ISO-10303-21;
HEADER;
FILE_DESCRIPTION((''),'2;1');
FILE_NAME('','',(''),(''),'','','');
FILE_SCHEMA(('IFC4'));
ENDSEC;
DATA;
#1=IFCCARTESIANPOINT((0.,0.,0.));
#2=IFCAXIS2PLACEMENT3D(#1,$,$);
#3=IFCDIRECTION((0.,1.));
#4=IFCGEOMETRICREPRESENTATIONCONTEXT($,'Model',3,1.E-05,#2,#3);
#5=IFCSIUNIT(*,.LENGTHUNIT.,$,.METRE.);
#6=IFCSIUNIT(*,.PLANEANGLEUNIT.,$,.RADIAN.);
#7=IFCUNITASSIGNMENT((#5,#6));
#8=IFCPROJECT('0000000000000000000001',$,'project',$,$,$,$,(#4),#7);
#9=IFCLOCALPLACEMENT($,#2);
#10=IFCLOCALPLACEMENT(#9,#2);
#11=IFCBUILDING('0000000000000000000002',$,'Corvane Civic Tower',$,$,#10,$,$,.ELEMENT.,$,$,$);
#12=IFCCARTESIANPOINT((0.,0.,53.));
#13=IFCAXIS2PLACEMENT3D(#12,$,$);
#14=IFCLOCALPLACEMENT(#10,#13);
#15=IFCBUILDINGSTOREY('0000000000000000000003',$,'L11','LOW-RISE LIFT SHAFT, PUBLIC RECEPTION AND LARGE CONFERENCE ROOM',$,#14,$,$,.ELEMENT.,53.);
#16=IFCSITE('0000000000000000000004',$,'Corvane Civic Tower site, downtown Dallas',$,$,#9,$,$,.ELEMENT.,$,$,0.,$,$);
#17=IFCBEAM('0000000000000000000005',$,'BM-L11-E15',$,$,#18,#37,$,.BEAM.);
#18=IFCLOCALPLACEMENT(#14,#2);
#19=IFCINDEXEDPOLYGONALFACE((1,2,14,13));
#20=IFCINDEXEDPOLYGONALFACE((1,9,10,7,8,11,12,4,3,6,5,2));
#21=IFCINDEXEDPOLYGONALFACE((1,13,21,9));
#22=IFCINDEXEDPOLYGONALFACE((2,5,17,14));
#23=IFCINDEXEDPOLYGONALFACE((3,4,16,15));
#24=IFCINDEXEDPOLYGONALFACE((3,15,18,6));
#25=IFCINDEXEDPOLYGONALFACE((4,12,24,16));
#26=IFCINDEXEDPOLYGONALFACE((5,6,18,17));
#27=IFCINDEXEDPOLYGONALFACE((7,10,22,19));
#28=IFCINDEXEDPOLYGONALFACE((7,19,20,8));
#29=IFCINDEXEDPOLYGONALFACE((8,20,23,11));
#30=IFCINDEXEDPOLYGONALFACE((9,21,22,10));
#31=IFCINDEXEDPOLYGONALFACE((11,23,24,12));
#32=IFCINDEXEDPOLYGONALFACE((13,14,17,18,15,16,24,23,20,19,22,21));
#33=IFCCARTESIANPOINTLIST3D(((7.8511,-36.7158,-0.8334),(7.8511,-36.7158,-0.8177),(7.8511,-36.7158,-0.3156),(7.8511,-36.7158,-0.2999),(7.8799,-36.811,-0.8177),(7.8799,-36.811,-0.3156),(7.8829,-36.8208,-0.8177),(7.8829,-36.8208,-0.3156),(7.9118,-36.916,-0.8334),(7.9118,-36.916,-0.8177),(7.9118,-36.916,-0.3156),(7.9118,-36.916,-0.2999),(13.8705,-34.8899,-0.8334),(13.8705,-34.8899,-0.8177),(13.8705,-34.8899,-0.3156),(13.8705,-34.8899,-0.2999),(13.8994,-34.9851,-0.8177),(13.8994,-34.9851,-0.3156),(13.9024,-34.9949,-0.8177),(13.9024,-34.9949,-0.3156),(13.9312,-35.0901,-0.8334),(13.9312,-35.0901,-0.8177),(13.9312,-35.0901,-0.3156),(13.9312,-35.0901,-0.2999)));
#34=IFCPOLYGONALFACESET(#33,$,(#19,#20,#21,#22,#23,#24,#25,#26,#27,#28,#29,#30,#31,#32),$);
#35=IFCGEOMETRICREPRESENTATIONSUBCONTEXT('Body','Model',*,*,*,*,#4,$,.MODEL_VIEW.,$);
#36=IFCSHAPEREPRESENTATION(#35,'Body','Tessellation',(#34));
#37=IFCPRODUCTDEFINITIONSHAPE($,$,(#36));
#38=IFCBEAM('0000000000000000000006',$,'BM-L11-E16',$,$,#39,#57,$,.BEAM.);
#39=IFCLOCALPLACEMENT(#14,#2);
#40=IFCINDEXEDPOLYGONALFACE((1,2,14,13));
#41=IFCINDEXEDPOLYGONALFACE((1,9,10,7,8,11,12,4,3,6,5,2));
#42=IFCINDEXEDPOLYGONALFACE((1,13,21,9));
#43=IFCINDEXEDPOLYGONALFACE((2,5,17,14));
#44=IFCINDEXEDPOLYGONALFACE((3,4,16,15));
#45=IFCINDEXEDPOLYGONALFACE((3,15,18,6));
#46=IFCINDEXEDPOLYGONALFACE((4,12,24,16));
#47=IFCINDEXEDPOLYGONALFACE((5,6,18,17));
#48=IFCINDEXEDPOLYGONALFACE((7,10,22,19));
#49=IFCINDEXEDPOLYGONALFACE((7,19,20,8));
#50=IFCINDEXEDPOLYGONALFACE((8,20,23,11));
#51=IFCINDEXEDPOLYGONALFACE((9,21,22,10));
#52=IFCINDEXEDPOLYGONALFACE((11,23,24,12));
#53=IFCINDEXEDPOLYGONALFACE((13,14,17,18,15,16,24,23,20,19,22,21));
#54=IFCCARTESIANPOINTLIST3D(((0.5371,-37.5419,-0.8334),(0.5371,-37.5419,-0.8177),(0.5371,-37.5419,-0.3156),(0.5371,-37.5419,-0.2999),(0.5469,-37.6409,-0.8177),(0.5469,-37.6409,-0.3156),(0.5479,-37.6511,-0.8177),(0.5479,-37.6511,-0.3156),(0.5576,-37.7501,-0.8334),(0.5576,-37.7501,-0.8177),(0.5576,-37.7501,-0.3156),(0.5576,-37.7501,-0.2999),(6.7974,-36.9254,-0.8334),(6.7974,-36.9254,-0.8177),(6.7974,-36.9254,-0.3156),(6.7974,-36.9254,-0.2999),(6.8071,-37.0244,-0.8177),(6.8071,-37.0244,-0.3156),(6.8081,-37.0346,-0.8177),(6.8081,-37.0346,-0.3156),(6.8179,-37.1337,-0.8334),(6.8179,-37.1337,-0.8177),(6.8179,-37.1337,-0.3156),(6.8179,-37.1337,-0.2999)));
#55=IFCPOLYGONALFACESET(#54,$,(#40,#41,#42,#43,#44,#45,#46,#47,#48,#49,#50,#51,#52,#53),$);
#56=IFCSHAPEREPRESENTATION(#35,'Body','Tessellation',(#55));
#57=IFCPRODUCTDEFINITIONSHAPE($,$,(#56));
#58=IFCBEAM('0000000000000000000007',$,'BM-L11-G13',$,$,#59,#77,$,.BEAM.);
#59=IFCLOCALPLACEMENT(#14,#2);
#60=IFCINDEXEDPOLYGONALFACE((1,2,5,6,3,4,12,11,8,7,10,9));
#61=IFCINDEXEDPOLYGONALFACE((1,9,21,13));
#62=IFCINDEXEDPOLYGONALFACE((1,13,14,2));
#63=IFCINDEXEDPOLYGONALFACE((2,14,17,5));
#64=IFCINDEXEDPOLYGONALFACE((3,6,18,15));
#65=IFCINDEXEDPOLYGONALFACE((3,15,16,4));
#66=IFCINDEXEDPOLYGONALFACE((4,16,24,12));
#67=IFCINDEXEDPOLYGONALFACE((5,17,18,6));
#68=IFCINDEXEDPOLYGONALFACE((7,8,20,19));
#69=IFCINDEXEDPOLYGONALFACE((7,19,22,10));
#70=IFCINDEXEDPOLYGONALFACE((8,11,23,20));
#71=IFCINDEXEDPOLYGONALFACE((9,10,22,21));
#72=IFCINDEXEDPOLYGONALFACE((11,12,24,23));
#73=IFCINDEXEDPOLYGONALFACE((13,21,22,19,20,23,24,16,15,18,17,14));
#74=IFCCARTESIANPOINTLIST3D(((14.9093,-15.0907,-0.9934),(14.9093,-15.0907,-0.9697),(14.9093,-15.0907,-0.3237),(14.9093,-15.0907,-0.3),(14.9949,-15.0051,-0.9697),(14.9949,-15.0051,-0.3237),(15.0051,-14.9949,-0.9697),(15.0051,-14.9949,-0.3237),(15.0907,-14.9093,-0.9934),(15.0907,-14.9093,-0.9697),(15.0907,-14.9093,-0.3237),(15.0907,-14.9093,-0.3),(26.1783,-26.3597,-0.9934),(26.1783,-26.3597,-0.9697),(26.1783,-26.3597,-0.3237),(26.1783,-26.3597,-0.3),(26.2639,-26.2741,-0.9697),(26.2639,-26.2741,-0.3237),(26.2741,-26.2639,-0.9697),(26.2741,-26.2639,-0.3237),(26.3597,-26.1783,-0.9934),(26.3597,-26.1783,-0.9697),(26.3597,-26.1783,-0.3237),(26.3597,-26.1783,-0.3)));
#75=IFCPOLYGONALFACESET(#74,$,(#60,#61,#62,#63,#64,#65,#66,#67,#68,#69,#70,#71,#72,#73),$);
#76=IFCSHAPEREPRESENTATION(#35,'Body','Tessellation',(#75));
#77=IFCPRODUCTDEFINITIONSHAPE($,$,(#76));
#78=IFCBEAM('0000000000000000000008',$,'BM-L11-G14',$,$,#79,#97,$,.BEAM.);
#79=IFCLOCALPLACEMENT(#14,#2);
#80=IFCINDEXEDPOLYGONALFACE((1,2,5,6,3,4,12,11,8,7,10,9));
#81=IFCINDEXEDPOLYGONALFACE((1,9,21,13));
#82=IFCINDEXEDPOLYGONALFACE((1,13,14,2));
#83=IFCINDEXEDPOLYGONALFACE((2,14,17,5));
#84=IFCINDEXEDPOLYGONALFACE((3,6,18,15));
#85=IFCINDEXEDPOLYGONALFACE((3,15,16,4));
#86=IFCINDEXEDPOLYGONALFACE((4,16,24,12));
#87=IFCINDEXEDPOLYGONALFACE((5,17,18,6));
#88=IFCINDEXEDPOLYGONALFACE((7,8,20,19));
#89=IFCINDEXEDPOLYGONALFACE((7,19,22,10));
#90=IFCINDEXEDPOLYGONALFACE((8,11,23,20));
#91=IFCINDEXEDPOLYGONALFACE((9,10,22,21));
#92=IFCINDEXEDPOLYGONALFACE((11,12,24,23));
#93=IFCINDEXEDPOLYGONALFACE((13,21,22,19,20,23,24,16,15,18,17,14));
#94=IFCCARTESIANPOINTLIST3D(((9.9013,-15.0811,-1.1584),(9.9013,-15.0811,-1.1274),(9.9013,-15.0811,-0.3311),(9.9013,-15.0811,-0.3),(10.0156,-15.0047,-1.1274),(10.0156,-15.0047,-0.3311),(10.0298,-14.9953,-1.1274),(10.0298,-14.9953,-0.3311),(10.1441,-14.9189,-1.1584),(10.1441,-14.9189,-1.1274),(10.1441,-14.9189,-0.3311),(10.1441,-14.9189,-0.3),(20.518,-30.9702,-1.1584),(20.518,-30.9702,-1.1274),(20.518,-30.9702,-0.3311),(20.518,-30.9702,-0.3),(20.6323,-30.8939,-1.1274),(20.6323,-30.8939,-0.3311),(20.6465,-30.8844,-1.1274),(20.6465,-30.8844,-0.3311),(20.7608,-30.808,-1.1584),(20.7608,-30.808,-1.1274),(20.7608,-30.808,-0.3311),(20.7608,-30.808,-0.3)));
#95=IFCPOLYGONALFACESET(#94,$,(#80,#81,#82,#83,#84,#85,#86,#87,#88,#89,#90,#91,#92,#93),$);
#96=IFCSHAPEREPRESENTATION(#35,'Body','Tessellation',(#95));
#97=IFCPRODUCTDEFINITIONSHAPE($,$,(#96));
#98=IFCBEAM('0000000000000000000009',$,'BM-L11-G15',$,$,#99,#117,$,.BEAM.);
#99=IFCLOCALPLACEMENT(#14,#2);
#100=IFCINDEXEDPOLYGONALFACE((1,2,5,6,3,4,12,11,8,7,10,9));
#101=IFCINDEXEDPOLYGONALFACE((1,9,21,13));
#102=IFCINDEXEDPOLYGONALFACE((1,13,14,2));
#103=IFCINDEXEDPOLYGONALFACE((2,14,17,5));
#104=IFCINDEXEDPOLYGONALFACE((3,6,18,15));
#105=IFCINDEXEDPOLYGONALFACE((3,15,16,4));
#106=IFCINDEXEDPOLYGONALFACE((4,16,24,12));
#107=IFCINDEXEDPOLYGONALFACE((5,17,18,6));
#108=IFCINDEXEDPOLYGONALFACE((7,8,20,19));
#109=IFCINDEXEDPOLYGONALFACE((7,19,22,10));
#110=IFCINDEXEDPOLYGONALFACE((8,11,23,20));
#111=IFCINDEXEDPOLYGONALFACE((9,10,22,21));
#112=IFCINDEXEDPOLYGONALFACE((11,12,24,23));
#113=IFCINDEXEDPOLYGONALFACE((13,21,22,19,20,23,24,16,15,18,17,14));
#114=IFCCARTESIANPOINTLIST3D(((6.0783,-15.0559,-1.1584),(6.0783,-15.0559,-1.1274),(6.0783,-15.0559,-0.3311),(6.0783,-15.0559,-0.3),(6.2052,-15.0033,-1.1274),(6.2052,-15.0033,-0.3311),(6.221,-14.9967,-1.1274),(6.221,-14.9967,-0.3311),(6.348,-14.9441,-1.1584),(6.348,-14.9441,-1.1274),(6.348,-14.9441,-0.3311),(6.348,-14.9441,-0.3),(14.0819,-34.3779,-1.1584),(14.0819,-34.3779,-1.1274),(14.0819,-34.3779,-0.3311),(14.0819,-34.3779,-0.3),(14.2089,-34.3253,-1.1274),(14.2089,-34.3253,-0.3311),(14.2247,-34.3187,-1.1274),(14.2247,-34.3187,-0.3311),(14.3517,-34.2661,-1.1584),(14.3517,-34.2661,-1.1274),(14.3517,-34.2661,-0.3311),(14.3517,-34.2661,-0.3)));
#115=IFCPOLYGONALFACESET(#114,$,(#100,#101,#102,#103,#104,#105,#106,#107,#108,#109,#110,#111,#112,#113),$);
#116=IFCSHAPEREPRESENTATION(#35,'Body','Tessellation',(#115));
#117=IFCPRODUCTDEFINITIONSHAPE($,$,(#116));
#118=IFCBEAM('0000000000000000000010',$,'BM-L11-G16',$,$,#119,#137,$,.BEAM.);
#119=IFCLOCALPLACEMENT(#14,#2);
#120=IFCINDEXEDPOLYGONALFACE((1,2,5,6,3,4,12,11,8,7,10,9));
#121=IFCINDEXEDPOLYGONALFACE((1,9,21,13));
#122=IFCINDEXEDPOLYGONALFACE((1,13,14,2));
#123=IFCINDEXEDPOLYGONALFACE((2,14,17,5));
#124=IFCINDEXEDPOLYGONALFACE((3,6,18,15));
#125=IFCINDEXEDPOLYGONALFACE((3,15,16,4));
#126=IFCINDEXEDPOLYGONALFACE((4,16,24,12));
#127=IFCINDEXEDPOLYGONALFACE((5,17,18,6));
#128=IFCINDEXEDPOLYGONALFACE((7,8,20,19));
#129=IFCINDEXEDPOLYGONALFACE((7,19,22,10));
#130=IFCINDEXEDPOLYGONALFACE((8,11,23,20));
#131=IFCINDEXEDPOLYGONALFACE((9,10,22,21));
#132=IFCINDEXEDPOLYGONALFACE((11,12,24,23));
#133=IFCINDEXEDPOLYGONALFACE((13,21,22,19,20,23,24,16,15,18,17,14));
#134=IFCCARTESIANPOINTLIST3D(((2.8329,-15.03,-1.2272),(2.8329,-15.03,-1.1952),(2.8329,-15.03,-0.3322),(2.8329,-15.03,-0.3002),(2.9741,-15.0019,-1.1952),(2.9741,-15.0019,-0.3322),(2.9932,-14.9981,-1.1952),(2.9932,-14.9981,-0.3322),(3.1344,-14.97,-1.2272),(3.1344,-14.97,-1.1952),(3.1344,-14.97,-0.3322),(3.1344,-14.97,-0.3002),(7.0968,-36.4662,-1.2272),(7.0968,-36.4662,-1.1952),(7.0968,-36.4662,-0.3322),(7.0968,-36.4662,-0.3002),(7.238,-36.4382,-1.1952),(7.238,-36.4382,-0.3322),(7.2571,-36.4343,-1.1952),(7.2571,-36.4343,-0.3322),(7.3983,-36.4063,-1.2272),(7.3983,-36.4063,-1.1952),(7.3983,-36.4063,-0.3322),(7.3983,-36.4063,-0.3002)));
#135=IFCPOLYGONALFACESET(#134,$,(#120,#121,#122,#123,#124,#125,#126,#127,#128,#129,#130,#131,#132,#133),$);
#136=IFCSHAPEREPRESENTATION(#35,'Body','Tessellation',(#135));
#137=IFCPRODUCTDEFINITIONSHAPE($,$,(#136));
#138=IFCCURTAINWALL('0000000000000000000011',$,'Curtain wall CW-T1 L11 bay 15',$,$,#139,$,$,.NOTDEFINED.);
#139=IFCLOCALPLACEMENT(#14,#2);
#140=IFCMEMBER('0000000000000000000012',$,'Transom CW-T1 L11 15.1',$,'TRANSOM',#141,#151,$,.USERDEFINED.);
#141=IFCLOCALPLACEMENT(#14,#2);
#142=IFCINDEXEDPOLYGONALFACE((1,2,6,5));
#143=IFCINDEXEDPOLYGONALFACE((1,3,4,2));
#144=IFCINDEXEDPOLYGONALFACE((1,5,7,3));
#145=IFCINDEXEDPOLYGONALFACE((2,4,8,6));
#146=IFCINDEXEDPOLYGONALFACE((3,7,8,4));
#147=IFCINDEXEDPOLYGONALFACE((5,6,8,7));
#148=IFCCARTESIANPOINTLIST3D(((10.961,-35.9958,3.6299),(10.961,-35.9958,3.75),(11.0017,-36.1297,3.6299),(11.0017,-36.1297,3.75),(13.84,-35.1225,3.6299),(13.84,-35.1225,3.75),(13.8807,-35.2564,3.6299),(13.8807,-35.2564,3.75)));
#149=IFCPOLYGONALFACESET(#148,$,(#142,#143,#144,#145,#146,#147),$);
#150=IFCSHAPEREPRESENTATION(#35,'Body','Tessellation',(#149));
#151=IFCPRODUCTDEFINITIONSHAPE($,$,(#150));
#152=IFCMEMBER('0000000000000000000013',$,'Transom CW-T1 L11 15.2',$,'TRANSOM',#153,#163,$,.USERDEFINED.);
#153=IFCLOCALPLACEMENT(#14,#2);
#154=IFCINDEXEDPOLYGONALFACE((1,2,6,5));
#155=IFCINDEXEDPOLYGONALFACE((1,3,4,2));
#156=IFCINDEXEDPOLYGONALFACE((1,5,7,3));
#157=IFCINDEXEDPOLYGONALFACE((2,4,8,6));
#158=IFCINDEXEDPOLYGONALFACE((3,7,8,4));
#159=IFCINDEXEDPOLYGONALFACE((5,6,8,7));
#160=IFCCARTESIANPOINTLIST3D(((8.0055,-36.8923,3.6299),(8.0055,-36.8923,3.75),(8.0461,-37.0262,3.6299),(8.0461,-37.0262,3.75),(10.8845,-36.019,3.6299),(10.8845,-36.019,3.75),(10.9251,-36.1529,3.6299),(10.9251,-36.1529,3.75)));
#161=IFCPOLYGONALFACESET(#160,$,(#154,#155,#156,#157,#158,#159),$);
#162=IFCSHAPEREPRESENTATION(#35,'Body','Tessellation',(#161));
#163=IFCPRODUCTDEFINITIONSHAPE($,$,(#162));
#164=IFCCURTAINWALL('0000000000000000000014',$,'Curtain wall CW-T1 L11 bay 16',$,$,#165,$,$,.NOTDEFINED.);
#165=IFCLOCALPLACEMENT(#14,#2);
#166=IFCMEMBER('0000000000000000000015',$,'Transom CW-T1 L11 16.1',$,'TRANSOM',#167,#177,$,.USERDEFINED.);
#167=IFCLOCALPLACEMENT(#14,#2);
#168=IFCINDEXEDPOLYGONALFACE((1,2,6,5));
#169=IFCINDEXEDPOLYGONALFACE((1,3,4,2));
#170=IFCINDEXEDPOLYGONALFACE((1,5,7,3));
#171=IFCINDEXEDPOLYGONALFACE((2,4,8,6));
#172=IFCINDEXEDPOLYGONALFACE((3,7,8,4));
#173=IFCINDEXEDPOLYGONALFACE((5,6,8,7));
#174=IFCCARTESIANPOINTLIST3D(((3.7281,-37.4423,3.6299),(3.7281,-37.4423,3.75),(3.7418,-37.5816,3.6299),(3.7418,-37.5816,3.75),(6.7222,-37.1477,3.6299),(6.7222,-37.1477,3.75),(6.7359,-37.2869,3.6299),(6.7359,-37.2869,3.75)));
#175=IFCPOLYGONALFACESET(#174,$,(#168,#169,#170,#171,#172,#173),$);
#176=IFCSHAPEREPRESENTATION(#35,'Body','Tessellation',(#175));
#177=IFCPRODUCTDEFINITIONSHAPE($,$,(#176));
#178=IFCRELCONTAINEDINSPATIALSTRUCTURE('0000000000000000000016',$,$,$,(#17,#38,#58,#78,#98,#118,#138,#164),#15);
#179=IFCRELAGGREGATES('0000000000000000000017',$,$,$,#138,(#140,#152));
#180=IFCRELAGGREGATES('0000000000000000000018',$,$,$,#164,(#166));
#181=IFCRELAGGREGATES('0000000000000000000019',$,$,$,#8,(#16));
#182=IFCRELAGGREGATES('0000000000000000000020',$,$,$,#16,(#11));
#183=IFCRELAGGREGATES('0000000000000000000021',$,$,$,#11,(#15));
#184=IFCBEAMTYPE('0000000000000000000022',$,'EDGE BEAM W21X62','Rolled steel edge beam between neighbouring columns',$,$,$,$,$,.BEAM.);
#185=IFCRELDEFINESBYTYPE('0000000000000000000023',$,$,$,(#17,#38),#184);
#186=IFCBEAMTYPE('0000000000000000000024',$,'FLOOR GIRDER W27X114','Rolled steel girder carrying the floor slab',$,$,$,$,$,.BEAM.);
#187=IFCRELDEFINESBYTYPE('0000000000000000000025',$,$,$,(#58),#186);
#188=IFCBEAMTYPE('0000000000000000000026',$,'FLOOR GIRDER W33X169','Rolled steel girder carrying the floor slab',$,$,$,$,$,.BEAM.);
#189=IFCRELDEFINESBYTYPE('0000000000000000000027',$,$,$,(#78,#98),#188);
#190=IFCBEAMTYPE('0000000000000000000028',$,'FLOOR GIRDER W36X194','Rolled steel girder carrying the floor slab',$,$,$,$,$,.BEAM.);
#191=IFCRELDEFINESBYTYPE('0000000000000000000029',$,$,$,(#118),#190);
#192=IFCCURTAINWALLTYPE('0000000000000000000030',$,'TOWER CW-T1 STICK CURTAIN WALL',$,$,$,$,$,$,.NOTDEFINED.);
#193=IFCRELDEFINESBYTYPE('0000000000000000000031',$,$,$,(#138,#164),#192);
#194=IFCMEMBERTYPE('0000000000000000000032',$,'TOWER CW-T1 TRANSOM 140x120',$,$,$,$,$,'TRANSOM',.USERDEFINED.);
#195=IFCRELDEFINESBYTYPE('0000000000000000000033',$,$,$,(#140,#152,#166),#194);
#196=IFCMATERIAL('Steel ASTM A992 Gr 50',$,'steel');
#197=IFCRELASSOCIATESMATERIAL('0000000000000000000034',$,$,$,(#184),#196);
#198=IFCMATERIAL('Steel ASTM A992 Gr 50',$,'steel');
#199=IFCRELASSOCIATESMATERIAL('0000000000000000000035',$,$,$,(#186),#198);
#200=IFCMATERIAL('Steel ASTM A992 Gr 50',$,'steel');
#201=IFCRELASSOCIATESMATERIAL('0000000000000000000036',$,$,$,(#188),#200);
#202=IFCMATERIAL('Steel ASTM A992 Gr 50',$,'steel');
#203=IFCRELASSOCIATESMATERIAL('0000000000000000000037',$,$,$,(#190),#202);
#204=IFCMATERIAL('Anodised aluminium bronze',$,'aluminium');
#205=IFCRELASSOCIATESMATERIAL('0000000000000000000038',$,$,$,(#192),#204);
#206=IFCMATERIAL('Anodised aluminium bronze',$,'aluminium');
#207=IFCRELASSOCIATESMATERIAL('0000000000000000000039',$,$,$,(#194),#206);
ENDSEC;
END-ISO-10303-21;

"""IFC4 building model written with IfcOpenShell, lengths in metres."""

from ifc_helpers import new_model, si_unit, direction, frame, origin, origin_2d, place, context, subcontext, project, spatial, rectangle, i_section, extrude, material, material_profile, profile_set, type_object, element, aggregate, save


model = new_model("IFC4")

# Units and contexts
model_context = context("Model", 3, precision=1e-05, world=origin(), true_north=direction((0.0, 1.0)))
body_context = subcontext(model_context, "Body", "Model", "MODEL_VIEW")
ifc_project = project(units=[si_unit("LENGTHUNIT", "METRE"), si_unit("PLANEANGLEUNIT", "RADIAN")], contexts=[model_context])

# Site, building, storey
site_placement = place(None, origin())
site = spatial("IfcSite", under=ifc_project, at=site_placement, Name="Corvane Civic Tower site, downtown Dallas", CompositionType="ELEMENT", RefElevation=0.0)
building_placement = place(site_placement, origin())
building = spatial("IfcBuilding", under=site, at=building_placement, Name="Corvane Civic Tower", CompositionType="ELEMENT")
storey_placement = place(building_placement, frame((0.0, 0.0, 53.0)))
storey = spatial("IfcBuildingStorey", under=building, at=storey_placement, Name="L11", Description="LOW-RISE LIFT SHAFT, PUBLIC RECEPTION AND LARGE CONFERENCE ROOM", CompositionType="ELEMENT", Elevation=53.0)

# Beams
ifc_material_1 = material(Name="Steel ASTM A992 Gr 50", Category="steel")
ifc_material_profile_1 = material_profile(ifc_material_1, i_section(OverallWidth=0.2092, OverallDepth=0.5334, WebThickness=0.0103, FlangeThickness=0.0156, at=origin_2d()), Name="W21X62")
ifc_profile_set_1 = profile_set([ifc_material_profile_1], Name="Steel ASTM A992 Gr 50")
beam_type_1 = type_object("IfcBeamType", Name="EDGE BEAM W21X62", Description="Rolled steel edge beam between neighbouring columns", PredefinedType="BEAM", material=ifc_profile_set_1)
beam_1_placement = place(storey_placement, frame((13.9009, -34.99, -0.5667), z_axis=(-0.956944, -0.290273, 0.0), x_axis=(0.290273, -0.956944, 0.0)))
element("IfcBeam", 1, at=beam_1_placement, inside=storey, type_object=beam_type_1, Name="BM-L11-E15", PredefinedType="BEAM", context=body_context, shape_type="SweptSolid", body=[
    extrude(i_section(OverallWidth=0.2092, OverallDepth=0.5334, WebThickness=0.0103, FlangeThickness=0.0156, at=origin_2d()), origin(), (0.0, 0.0, 1.0), 6.2903),
])
beam_2_placement = place(storey_placement, frame((6.8076, -37.0295, -0.5667), z_axis=(-0.995187, -0.097997, 0.0), x_axis=(0.097997, -0.995187, 0.0)))
element("IfcBeam", 2, at=beam_2_placement, inside=storey, type_object=beam_type_1, Name="BM-L11-E16", PredefinedType="BEAM", context=body_context, shape_type="SweptSolid", body=[
    extrude(i_section(OverallWidth=0.2092, OverallDepth=0.5334, WebThickness=0.0103, FlangeThickness=0.0156, at=origin_2d()), origin(), (0.0, 0.0, 1.0), 6.2905),
])
ifc_material_2 = material(Name="Steel ASTM A992 Gr 50", Category="steel")
ifc_material_profile_2 = material_profile(ifc_material_2, i_section(OverallWidth=0.2566, OverallDepth=0.6934, WebThickness=0.0144, FlangeThickness=0.0237, at=origin_2d()), Name="W27X114")
ifc_profile_set_2 = profile_set([ifc_material_profile_2], Name="Steel ASTM A992 Gr 50")
beam_type_2 = type_object("IfcBeamType", Name="FLOOR GIRDER W27X114", Description="Rolled steel girder carrying the floor slab", PredefinedType="BEAM", material=ifc_profile_set_2)
beam_3_placement = place(storey_placement, frame((15.0, -15.0, -0.6467), z_axis=(0.707107, -0.707107, 0.0), x_axis=(0.707107, 0.707107, 0.0)))
element("IfcBeam", 3, at=beam_3_placement, inside=storey, type_object=beam_type_2, Name="BM-L11-G13", PredefinedType="BEAM", context=body_context, shape_type="SweptSolid", body=[
    extrude(i_section(OverallWidth=0.2566, OverallDepth=0.6934, WebThickness=0.0144, FlangeThickness=0.0237, at=origin_2d()), origin(), (0.0, 0.0, 1.0), 15.9368),
])
ifc_material_3 = material(Name="Steel ASTM A992 Gr 50", Category="steel")
ifc_material_profile_3 = material_profile(ifc_material_3, i_section(OverallWidth=0.292, OverallDepth=0.8584, WebThickness=0.0171, FlangeThickness=0.031, at=origin_2d()), Name="W33X169")
ifc_profile_set_3 = profile_set([ifc_material_profile_3], Name="Steel ASTM A992 Gr 50")
beam_type_3 = type_object("IfcBeamType", Name="FLOOR GIRDER W33X169", Description="Rolled steel girder carrying the floor slab", PredefinedType="BEAM", material=ifc_profile_set_3)
beam_4_placement = place(storey_placement, frame((10.0227, -15.0, -0.7292), z_axis=(0.555567, -0.831472, 0.0), x_axis=(0.831472, 0.555567, 0.0)))
element("IfcBeam", 4, at=beam_4_placement, inside=storey, type_object=beam_type_3, Name="BM-L11-G14", PredefinedType="BEAM", context=body_context, shape_type="SweptSolid", body=[
    extrude(i_section(OverallWidth=0.292, OverallDepth=0.8584, WebThickness=0.0171, FlangeThickness=0.031, at=origin_2d()), origin(), (0.0, 0.0, 1.0), 19.1096),
])
beam_5_placement = place(storey_placement, frame((6.2131, -15.0, -0.7292), z_axis=(0.382692, -0.923876, 0.0), x_axis=(0.923876, 0.382692, 0.0)))
element("IfcBeam", 5, at=beam_5_placement, inside=storey, type_object=beam_type_3, Name="BM-L11-G15", PredefinedType="BEAM", context=body_context, shape_type="SweptSolid", body=[
    extrude(i_section(OverallWidth=0.292, OverallDepth=0.8584, WebThickness=0.0171, FlangeThickness=0.031, at=origin_2d()), origin(), (0.0, 0.0, 1.0), 20.9141),
])
ifc_material_4 = material(Name="Steel ASTM A992 Gr 50", Category="steel")
ifc_material_profile_4 = material_profile(ifc_material_4, i_section(OverallWidth=0.3074, OverallDepth=0.927, WebThickness=0.0195, FlangeThickness=0.032, at=origin_2d()), Name="W36X194")
ifc_profile_set_4 = profile_set([ifc_material_profile_4], Name="Steel ASTM A992 Gr 50")
beam_type_4 = type_object("IfcBeamType", Name="FLOOR GIRDER W36X194", Description="Rolled steel girder carrying the floor slab", PredefinedType="BEAM", material=ifc_profile_set_4)
beam_6_placement = place(storey_placement, frame((2.9836, -15.0, -0.7637), z_axis=(0.195089, -0.980785, 0.0), x_axis=(0.980785, 0.195089, 0.0)))
element("IfcBeam", 6, at=beam_6_placement, inside=storey, type_object=beam_type_4, Name="BM-L11-G16", PredefinedType="BEAM", context=body_context, shape_type="SweptSolid", body=[
    extrude(i_section(OverallWidth=0.3074, OverallDepth=0.927, WebThickness=0.0195, FlangeThickness=0.032, at=origin_2d()), origin(), (0.0, 0.0, 1.0), 21.8562),
])

# Curtain walls, members
ifc_material_5 = material(Name="Anodised aluminium bronze", Category="aluminium")
curtain_wall_type = type_object("IfcCurtainWallType", Name="TOWER CW-T1 STICK CURTAIN WALL", PredefinedType="NOTDEFINED", material=ifc_material_5)
curtain_wall_1_placement = place(storey_placement, origin())
curtain_wall_1 = element("IfcCurtainWall", 7, at=curtain_wall_1_placement, inside=storey, type_object=curtain_wall_type, Name="Curtain wall CW-T1 L11 bay 15", PredefinedType="NOTDEFINED")
ifc_material_6 = material(Name="Anodised aluminium bronze", Category="aluminium")
ifc_material_profile_5 = material_profile(ifc_material_6, rectangle(XDim=0.1399, YDim=0.1201, at=origin_2d()), Name="TOWER CW-T1 TRANSOM 140x120")
ifc_profile_set_5 = profile_set([ifc_material_profile_5], Name="Anodised aluminium bronze")
member_type_1 = type_object("IfcMemberType", Name="TOWER CW-T1 TRANSOM 140x120", ElementType="TRANSOM", PredefinedType="USERDEFINED", material=ifc_profile_set_5)
member_1_placement = place(storey_placement, frame((13.8604, -35.1895, 3.6899), z_axis=(-0.956942, -0.29028, 0.0), x_axis=(0.29028, -0.956942, 0.0)))
member_1 = element("IfcMember", 8, at=member_1_placement, type_object=member_type_1, Name="Transom CW-T1 L11 15.1", ObjectType="TRANSOM", PredefinedType="USERDEFINED", context=body_context, shape_type="SweptSolid", body=[
    extrude(rectangle(XDim=0.1399, YDim=0.1201, at=origin_2d()), origin(), (0.0, 0.0, 1.0), 3.0085),
])
member_2_placement = place(storey_placement, frame((10.9048, -36.0859, 3.6899), z_axis=(-0.956942, -0.29028, 0.0), x_axis=(0.29028, -0.956942, 0.0)))
member_2 = element("IfcMember", 9, at=member_2_placement, type_object=member_type_1, Name="Transom CW-T1 L11 15.2", ObjectType="TRANSOM", PredefinedType="USERDEFINED", context=body_context, shape_type="SweptSolid", body=[
    extrude(rectangle(XDim=0.1399, YDim=0.1201, at=origin_2d()), origin(), (0.0, 0.0, 1.0), 3.0085),
])
curtain_wall_2_placement = place(storey_placement, origin())
curtain_wall_2 = element("IfcCurtainWall", 10, at=curtain_wall_2_placement, inside=storey, type_object=curtain_wall_type, Name="Curtain wall CW-T1 L11 bay 16", PredefinedType="NOTDEFINED")
member_3_placement = place(storey_placement, frame((6.729, -37.2173, 3.6899), z_axis=(-0.995192, -0.097945, 0.0), x_axis=(0.097945, -0.995192, 0.0)))
member_3 = element("IfcMember", 11, at=member_3_placement, type_object=member_type_1, Name="Transom CW-T1 L11 16.1", ObjectType="TRANSOM", PredefinedType="USERDEFINED", context=body_context, shape_type="SweptSolid", body=[
    extrude(rectangle(XDim=0.1399, YDim=0.1201, at=origin_2d()), origin(), (0.0, 0.0, 1.0), 3.0085),
])

aggregate(curtain_wall_1, [member_1, member_2])
aggregate(curtain_wall_2, [member_3])

save(model, "model.ifc")
